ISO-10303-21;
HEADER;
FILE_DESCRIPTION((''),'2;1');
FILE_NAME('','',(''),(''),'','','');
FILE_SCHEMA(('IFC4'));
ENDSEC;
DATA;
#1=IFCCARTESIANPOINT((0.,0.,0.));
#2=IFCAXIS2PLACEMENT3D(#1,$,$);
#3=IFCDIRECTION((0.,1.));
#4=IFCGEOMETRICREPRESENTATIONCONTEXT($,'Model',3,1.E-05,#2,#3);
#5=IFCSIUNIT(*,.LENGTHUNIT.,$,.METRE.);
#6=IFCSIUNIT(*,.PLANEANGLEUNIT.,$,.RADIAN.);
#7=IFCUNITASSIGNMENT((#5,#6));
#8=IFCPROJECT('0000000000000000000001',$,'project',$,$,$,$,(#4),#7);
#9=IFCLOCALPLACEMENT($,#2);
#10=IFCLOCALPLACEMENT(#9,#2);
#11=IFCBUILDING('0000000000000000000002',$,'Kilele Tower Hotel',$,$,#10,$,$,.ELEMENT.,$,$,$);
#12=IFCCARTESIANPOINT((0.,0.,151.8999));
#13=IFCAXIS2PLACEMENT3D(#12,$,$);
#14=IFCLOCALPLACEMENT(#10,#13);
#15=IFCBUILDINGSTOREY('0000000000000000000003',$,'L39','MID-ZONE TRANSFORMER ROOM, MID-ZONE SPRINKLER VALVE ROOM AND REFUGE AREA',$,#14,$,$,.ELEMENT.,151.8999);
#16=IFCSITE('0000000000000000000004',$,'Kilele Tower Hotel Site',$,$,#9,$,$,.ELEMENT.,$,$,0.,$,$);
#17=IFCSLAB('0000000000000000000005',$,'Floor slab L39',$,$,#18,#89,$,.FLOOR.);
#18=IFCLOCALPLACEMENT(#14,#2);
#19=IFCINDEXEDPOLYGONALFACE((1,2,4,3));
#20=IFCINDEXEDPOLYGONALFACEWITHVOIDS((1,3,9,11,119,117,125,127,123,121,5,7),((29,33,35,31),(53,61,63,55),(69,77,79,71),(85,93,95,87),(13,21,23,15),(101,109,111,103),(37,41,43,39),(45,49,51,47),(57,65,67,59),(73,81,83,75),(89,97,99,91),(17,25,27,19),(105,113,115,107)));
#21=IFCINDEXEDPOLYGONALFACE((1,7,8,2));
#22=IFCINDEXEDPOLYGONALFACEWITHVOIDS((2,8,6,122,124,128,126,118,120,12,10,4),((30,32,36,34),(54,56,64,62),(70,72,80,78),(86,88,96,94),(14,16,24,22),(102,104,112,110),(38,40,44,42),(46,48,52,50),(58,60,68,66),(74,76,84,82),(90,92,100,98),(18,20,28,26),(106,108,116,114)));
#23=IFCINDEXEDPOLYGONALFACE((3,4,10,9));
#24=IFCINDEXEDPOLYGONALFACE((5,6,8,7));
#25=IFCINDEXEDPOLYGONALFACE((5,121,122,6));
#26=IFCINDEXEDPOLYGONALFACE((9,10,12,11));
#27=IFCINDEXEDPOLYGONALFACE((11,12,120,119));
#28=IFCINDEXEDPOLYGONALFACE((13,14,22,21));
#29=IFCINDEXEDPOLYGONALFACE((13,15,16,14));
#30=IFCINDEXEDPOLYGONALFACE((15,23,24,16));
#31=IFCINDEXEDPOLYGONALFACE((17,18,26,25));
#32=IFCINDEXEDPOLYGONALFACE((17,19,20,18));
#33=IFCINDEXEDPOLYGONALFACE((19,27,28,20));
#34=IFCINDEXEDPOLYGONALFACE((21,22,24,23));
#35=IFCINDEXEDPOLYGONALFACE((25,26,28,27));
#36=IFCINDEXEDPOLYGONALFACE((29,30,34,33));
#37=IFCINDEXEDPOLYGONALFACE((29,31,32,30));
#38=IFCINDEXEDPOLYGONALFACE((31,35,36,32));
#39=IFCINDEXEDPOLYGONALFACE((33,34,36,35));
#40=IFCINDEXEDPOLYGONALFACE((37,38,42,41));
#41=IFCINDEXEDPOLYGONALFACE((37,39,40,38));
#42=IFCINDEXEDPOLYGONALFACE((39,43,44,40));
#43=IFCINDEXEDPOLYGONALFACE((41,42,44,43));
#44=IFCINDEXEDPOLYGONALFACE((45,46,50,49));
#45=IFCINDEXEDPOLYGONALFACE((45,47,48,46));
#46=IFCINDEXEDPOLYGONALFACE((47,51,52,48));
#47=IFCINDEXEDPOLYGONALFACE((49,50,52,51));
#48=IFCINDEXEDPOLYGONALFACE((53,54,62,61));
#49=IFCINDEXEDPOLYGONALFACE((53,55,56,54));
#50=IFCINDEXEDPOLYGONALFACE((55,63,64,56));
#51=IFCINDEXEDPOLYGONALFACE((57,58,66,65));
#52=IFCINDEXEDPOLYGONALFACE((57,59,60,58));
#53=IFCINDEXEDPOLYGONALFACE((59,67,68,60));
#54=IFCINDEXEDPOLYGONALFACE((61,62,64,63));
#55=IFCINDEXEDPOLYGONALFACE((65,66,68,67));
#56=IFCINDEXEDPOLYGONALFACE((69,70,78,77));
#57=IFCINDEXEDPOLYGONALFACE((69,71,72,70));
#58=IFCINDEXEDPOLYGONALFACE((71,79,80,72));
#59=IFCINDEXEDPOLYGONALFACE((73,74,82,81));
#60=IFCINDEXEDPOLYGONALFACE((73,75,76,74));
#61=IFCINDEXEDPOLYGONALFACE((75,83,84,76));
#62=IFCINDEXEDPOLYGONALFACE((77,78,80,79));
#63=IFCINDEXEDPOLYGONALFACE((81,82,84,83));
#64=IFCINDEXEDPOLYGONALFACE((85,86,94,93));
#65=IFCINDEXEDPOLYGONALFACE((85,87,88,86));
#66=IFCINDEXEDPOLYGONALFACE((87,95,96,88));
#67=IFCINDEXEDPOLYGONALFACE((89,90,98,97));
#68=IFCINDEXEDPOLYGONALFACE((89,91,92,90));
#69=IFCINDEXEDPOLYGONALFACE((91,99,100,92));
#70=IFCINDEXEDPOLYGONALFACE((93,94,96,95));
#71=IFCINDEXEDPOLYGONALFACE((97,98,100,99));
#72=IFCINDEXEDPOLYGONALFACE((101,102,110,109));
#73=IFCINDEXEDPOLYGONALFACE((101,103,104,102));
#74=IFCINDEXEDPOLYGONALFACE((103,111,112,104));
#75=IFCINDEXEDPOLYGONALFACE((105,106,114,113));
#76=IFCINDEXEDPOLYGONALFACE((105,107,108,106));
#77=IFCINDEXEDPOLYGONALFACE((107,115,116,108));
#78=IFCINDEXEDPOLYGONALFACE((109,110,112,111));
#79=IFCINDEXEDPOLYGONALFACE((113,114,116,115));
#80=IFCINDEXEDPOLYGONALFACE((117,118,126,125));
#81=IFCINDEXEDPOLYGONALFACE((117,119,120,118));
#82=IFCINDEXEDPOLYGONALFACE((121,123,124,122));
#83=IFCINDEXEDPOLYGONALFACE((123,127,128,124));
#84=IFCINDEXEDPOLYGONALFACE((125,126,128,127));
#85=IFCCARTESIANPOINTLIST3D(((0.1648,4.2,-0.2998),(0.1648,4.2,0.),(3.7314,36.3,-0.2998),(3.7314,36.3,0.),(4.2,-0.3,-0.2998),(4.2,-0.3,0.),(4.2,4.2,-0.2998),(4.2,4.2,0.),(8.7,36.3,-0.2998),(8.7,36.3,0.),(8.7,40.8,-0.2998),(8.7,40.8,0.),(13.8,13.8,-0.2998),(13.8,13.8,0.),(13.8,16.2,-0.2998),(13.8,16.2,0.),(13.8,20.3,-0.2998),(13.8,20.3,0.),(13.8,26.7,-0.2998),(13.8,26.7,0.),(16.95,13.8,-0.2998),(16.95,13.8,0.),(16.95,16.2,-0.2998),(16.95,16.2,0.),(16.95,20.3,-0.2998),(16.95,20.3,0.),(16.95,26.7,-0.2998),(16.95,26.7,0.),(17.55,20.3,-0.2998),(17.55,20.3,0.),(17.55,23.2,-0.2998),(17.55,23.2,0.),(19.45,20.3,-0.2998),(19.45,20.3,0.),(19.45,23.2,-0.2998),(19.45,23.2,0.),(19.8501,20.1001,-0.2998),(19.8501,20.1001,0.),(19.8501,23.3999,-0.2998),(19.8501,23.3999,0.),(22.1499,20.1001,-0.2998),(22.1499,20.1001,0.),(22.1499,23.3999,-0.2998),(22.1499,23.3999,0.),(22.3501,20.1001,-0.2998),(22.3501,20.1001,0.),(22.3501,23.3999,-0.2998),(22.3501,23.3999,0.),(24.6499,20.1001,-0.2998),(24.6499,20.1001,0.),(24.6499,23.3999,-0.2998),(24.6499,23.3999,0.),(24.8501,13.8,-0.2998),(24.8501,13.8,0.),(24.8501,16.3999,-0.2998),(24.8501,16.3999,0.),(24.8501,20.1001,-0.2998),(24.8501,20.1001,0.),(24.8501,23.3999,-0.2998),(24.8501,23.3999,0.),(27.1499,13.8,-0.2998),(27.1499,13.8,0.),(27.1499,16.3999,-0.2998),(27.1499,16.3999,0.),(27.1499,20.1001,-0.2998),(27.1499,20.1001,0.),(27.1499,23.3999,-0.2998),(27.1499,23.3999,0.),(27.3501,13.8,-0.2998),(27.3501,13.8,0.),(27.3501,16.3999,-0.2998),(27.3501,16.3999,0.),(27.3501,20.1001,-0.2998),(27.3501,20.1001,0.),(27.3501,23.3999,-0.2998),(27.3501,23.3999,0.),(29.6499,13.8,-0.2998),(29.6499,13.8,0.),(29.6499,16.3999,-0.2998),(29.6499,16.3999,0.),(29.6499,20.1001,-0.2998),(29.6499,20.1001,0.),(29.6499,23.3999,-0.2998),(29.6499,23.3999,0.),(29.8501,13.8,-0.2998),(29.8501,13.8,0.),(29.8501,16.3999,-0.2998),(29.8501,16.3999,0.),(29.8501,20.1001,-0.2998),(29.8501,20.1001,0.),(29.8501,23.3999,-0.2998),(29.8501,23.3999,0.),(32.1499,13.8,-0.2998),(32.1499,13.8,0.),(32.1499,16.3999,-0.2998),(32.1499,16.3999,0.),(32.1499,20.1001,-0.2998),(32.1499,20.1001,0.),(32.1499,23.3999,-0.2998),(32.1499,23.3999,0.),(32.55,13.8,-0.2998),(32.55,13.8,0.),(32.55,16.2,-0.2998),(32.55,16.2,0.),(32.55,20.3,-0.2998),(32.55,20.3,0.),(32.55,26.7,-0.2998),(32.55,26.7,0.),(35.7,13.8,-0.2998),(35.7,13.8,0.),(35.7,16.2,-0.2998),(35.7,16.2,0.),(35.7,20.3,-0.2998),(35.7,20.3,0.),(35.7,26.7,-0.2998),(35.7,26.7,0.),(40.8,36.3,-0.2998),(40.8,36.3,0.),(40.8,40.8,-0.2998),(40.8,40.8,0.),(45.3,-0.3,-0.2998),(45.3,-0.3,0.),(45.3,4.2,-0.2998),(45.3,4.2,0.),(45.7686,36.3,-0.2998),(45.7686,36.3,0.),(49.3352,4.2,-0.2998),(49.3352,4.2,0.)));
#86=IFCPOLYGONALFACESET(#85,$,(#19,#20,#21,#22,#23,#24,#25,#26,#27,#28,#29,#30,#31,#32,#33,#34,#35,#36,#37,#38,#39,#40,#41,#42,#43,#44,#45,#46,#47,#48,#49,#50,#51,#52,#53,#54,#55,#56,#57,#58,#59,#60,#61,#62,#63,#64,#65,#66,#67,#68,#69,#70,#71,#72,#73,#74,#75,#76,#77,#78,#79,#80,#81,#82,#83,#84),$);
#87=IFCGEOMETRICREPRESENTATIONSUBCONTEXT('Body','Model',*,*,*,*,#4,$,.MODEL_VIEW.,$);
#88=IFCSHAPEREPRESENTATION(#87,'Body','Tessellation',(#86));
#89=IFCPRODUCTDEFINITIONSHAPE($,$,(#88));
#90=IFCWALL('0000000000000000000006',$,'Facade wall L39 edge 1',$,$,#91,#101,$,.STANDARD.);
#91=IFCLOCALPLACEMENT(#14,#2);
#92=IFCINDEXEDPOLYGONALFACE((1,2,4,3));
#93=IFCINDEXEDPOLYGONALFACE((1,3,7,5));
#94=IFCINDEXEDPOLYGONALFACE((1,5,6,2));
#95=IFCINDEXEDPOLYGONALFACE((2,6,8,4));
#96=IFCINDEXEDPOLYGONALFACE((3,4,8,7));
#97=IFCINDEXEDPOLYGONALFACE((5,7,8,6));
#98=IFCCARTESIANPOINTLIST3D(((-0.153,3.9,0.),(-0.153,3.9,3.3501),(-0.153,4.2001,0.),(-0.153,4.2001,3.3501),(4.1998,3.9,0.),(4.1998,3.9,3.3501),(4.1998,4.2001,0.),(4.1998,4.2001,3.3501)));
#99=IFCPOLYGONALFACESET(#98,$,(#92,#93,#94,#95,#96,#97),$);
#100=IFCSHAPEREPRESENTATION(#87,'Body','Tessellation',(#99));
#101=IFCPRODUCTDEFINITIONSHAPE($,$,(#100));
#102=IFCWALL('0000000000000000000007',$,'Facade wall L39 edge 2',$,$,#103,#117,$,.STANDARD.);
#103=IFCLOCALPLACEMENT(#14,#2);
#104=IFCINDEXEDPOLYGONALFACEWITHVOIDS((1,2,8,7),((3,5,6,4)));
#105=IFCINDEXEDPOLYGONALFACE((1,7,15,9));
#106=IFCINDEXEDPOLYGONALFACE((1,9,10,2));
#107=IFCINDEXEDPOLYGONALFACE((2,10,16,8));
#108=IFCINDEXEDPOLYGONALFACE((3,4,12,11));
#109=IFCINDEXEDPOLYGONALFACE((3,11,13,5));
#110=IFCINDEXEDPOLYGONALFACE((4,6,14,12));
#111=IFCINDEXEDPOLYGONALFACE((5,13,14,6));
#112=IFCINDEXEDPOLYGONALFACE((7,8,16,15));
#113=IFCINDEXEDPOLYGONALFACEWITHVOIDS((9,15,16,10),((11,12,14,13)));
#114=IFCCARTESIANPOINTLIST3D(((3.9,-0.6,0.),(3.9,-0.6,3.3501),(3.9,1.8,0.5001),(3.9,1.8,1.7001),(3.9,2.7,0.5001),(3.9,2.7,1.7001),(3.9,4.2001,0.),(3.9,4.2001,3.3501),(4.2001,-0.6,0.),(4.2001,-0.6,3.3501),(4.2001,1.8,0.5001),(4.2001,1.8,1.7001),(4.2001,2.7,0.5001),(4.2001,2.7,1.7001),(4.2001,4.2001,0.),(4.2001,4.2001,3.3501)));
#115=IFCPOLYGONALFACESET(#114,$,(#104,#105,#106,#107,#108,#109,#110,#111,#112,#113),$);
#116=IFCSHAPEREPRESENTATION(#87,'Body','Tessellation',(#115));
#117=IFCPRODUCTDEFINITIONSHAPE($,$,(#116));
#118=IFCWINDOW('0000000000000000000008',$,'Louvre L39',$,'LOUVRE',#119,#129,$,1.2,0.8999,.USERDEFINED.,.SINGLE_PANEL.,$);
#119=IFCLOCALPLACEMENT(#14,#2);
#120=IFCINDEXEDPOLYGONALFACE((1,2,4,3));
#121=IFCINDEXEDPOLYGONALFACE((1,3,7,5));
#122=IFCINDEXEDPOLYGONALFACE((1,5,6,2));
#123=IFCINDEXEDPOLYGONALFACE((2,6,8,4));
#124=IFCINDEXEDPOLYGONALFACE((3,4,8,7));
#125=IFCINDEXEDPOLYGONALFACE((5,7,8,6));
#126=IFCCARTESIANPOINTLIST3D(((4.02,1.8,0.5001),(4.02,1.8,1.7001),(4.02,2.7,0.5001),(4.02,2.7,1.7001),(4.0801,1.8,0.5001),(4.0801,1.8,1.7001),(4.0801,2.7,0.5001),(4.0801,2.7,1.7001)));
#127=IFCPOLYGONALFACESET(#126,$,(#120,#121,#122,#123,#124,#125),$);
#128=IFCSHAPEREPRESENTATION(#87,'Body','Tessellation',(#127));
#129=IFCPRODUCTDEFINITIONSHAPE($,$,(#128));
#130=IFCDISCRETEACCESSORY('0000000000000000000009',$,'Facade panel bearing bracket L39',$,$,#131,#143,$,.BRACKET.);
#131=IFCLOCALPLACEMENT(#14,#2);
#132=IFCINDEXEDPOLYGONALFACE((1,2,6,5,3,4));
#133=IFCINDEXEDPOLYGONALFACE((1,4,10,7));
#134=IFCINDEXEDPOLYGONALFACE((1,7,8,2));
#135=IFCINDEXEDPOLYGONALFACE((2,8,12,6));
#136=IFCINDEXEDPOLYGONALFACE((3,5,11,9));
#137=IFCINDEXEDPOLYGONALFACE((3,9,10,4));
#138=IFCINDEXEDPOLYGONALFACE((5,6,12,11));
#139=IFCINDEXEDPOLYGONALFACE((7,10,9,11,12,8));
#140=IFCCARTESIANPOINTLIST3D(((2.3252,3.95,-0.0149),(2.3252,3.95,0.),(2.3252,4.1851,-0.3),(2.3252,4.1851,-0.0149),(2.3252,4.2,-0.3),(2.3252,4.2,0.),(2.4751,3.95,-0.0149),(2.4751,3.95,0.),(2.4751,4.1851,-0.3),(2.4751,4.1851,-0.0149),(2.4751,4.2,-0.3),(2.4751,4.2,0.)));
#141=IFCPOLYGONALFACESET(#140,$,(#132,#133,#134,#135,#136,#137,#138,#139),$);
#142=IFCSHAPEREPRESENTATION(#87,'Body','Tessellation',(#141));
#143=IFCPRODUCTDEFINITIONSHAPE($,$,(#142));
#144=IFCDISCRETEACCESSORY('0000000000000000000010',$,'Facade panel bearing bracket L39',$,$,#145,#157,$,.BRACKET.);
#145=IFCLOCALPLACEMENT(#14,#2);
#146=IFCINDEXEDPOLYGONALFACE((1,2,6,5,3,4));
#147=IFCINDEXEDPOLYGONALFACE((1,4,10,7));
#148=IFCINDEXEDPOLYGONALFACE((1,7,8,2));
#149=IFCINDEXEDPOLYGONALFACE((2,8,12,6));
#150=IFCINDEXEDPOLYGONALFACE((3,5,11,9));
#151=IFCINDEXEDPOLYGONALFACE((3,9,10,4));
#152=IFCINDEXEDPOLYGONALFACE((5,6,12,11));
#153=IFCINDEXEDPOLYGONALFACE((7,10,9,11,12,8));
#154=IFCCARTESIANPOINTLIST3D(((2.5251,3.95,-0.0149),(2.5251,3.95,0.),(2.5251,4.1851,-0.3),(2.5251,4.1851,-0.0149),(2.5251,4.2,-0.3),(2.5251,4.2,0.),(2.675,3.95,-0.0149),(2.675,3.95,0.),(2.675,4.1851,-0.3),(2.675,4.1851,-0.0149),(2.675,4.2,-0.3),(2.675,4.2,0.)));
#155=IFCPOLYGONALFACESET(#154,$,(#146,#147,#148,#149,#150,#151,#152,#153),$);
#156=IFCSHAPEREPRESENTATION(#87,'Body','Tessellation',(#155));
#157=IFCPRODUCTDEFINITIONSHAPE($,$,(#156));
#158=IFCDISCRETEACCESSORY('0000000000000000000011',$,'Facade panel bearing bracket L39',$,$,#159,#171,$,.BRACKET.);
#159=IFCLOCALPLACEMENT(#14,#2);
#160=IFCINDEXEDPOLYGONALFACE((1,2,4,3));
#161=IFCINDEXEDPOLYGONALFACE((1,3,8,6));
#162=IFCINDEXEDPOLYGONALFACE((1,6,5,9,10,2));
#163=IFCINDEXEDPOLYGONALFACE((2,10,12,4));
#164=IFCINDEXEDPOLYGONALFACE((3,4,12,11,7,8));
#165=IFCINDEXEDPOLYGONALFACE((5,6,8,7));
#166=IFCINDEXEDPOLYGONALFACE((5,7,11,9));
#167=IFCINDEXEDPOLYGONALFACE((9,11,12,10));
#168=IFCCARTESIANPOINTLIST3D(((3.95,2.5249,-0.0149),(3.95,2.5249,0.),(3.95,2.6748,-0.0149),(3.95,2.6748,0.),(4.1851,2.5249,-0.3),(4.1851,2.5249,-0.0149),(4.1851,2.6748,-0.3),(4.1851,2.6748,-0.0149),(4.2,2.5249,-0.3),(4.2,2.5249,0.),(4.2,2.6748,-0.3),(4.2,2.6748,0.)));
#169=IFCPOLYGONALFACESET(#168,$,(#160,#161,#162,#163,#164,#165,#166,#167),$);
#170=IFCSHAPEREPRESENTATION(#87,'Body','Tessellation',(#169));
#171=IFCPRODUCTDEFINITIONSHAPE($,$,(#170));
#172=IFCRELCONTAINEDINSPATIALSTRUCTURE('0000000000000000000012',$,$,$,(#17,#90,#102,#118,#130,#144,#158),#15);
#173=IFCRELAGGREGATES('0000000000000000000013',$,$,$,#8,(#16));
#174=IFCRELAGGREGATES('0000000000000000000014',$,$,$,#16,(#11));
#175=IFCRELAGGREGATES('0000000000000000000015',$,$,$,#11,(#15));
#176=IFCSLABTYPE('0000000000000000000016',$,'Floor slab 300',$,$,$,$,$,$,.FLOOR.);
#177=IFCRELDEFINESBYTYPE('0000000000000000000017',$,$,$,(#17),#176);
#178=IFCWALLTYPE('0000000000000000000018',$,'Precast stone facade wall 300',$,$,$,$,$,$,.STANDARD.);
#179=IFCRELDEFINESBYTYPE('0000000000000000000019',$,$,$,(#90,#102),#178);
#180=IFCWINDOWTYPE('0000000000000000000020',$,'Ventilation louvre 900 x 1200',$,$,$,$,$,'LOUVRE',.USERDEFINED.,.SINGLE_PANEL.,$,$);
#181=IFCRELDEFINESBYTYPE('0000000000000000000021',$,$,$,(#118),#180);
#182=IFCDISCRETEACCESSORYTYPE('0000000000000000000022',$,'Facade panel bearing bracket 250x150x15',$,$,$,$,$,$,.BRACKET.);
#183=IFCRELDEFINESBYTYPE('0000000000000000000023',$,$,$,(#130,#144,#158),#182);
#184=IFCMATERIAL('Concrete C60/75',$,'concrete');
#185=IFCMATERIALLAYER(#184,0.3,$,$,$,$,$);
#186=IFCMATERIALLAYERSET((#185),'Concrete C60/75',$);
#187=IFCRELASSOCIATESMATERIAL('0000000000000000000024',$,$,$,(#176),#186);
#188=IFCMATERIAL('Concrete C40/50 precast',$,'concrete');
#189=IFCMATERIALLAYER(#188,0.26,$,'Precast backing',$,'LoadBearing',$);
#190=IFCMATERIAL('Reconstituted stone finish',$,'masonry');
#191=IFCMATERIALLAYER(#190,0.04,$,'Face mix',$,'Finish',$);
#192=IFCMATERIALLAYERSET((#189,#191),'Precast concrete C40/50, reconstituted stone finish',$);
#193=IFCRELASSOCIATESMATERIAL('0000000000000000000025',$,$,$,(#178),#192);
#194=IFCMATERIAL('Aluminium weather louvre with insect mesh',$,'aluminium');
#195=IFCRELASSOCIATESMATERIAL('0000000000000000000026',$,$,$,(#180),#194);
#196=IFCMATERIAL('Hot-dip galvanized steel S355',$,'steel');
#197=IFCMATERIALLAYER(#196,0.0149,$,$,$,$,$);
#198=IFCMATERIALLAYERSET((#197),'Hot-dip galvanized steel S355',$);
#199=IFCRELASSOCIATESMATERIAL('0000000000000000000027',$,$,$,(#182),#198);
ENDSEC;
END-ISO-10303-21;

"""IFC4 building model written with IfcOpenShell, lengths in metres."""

from ifc_helpers import new_model, si_unit, direction, frame, frame_2d, origin, place, context, subcontext, project, spatial, polyline, rectangle, outline, extrude, source, transform, mapped, material, layer, layer_set, type_object, element, fill, save


model = new_model("IFC4")

# Units and contexts
model_context = context("Model", 3, precision=1e-05, world=origin(), true_north=direction((0.0, 1.0)))
body_context = subcontext(model_context, "Body", "Model", "MODEL_VIEW")
ifc_project = project(units=[si_unit("LENGTHUNIT", "METRE"), si_unit("PLANEANGLEUNIT", "RADIAN")], contexts=[model_context])

# Site, building, storey
site_placement = place(None, origin())
site = spatial("IfcSite", under=ifc_project, at=site_placement, Name="Kilele Tower Hotel Site", CompositionType="ELEMENT", RefElevation=0.0)
building_placement = place(site_placement, origin())
building = spatial("IfcBuilding", under=site, at=building_placement, Name="Kilele Tower Hotel", CompositionType="ELEMENT")
storey_placement = place(building_placement, frame((0.0, 0.0, 151.8999)))
storey = spatial("IfcBuildingStorey", under=building, at=storey_placement, Name="L39", Description="MID-ZONE TRANSFORMER ROOM, MID-ZONE SPRINKLER VALVE ROOM AND REFUGE AREA", CompositionType="ELEMENT", Elevation=151.8999)

# Slab
ifc_material_1 = material(Name="Concrete C60/75", Category="concrete")
ifc_layer_1 = layer(ifc_material_1, 0.3)
ifc_layer_set_1 = layer_set([ifc_layer_1], Name="Concrete C60/75")
slab_type = type_object("IfcSlabType", Name="Floor slab 300", PredefinedType="FLOOR", material=ifc_layer_set_1)
slab_placement = place(storey_placement, frame((0.0, 0.0, -0.2998)))
element("IfcSlab", 1, at=slab_placement, inside=storey, type_object=slab_type, Name="Floor slab L39", PredefinedType="FLOOR", context=body_context, shape_type="SweptSolid", body=[
    extrude(outline(polyline([(8.7, 36.3), (8.7, 40.8), (40.8, 40.8), (40.8, 36.3), (45.7686, 36.3), (49.3352, 4.2), (45.3, 4.2), (45.3, -0.3), (4.2, -0.3), (4.2, 4.2), (0.1648, 4.2), (3.7314, 36.3), (8.7, 36.3)]), holes=[polyline([(16.95, 16.2), (13.8, 16.2), (13.8, 13.8), (16.95, 13.8), (16.95, 16.2)]), polyline([(27.1499, 13.8), (27.1499, 16.3999), (24.8501, 16.3999), (24.8501, 13.8), (27.1499, 13.8)]), polyline([(19.45, 20.3), (19.45, 23.2), (17.55, 23.2), (17.55, 20.3), (19.45, 20.3)]), polyline([(22.1499, 23.3999), (19.8501, 23.3999), (19.8501, 20.1001), (22.1499, 20.1001), (22.1499, 23.3999)]), polyline([(24.6499, 20.1001), (24.6499, 23.3999), (22.3501, 23.3999), (22.3501, 20.1001), (24.6499, 20.1001)]), polyline([(27.1499, 20.1001), (27.1499, 23.3999), (24.8501, 23.3999), (24.8501, 20.1001), (27.1499, 20.1001)]), polyline([(16.95, 26.7), (13.8, 26.7), (13.8, 20.3), (16.95, 20.3), (16.95, 26.7)]), polyline([(35.7, 13.8), (35.7, 16.2), (32.55, 16.2), (32.55, 13.8), (35.7, 13.8)]), polyline([(29.6499, 13.8), (29.6499, 16.3999), (27.3501, 16.3999), (27.3501, 13.8), (29.6499, 13.8)]), polyline([(32.1499, 13.8), (32.1499, 16.3999), (29.8501, 16.3999), (29.8501, 13.8), (32.1499, 13.8)]), polyline([(29.6499, 20.1001), (29.6499, 23.3999), (27.3501, 23.3999), (27.3501, 20.1001), (29.6499, 20.1001)]), polyline([(32.1499, 20.1001), (32.1499, 23.3999), (29.8501, 23.3999), (29.8501, 20.1001), (32.1499, 20.1001)]), polyline([(35.7, 20.3), (35.7, 26.7), (32.55, 26.7), (32.55, 20.3), (35.7, 20.3)])]), origin(), (0.0, 0.0, 1.0), 0.2998),
])

# Wall
ifc_material_2 = material(Name="Concrete C40/50 precast", Category="concrete")
ifc_layer_2 = layer(ifc_material_2, 0.26, Name="Precast backing", Category="LoadBearing")
ifc_material_3 = material(Name="Reconstituted stone finish", Category="masonry")
ifc_layer_3 = layer(ifc_material_3, 0.04, Name="Face mix", Category="Finish")
ifc_layer_set_2 = layer_set([ifc_layer_2, ifc_layer_3], Name="Precast concrete C40/50, reconstituted stone finish")
wall_type = type_object("IfcWallType", Name="Precast stone facade wall 300", PredefinedType="STANDARD", material=ifc_layer_set_2)
wall_1_placement = place(storey_placement, frame((-0.1528, 4.05, 0.0), z_axis=(0.0, 0.0, 1.0), x_axis=(1.0, 0.0, 0.0)))
element("IfcWall", 2, at=wall_1_placement, inside=storey, type_object=wall_type, Name="Facade wall L39 edge 1", PredefinedType="STANDARD", context=body_context, shape_type="SweptSolid", body=[
    extrude(rectangle(XDim=4.3528, YDim=0.3, at=frame_2d((2.1763, 0.0))), origin(), (0.0, 0.0, 1.0), 3.3501),
])

# Wall, opening, window
wall_2_placement = place(storey_placement, frame((4.05, 4.2, 0.0), z_axis=(0.0, 0.0, 1.0), x_axis=(0.0, -1.0, 0.0)))
wall_2 = element("IfcWall", 3, at=wall_2_placement, inside=storey, type_object=wall_type, Name="Facade wall L39 edge 2", PredefinedType="STANDARD", context=body_context, shape_type="SweptSolid", body=[
    extrude(rectangle(XDim=4.8, YDim=0.3, at=frame_2d((2.3999, 0.0))), origin(), (0.0, 0.0, 1.0), 3.3501),
])
opening_1_placement = place(wall_2_placement, frame((1.5, 0.0, 0.5)))
opening_1 = element("IfcOpeningElement", 4, at=opening_1_placement, cuts=wall_2, PredefinedType="OPENING", context=body_context, shape_type="SweptSolid", body=[
    extrude(rectangle(XDim=0.8999, YDim=1.2, at=frame_2d((0.45, 0.6001))), frame((0.0, 0.1599, 0.0), z_axis=(0.0, -1.0, 0.0), x_axis=(1.0, 0.0, 0.0)), (0.0, 0.0, 1.0), 0.3201),
])
ifc_material_4 = material(Name="Aluminium weather louvre with insect mesh", Category="aluminium")
window_type = type_object("IfcWindowType", Name="Ventilation louvre 900 x 1200", ElementType="LOUVRE", PartitioningType="SINGLE_PANEL", PredefinedType="USERDEFINED", material=ifc_material_4)
window_1_placement = place(opening_1_placement, origin())
window_1 = element("IfcWindow", 5, at=window_1_placement, inside=storey, type_object=window_type, Name="Louvre L39", ObjectType="LOUVRE", OverallHeight=1.2, OverallWidth=0.8999, PartitioningType="SINGLE_PANEL", PredefinedType="USERDEFINED", context=body_context, shape_type="SweptSolid", body=[
    extrude(rectangle(XDim=0.8999, YDim=1.2, at=frame_2d((0.45, 0.6001))), frame((0.0, 0.03, 0.0), z_axis=(0.0, -1.0, 0.0), x_axis=(1.0, 0.0, 0.0)), (0.0, 0.0, 1.0), 0.0601),
])
fill(opening_1, window_1)

# Discrete accessories
ifc_material_5 = material(Name="Hot-dip galvanized steel S355", Category="steel")
ifc_layer_4 = layer(ifc_material_5, 0.0149)
ifc_layer_set_3 = layer_set([ifc_layer_4], Name="Hot-dip galvanized steel S355")
discrete_accessory_type_1 = type_object("IfcDiscreteAccessoryType", Name="Facade panel bearing bracket 250x150x15", PredefinedType="BRACKET", material=ifc_layer_set_3)
shared_shape_1 = source(origin(), body_context, "Body", "SweptSolid", [
    extrude(outline(polyline([(0.0, 0.0), (0.25, 0.0), (0.25, -0.0149), (0.0149, -0.0149), (0.0149, -0.3), (0.0, -0.3), (0.0, 0.0)])), origin(), (0.0, 0.0, 1.0), 0.1499),
])
for number, where, z_axis, x_axis, name in (
    (6, (2.4751, 4.2, 0.0), (-1.0, 0.0, 0.0), (0.0, -1.0, 0.0), "Facade panel bearing bracket L39"),
    (7, (2.675, 4.2, 0.0), (-1.0, 0.0, 0.0), (0.0, -1.0, 0.0), "Facade panel bearing bracket L39"),
    (8, (4.2, 2.5249, 0.0), (0.0, 1.0, 0.0), (-1.0, 0.0, 0.0), "Facade panel bearing bracket L39"),
):
    element("IfcDiscreteAccessory", number, at=place(storey_placement, frame(where, z_axis=z_axis, x_axis=x_axis)), inside=storey, type_object=discrete_accessory_type_1, Name=name, PredefinedType="BRACKET", context=body_context, shape_type="MappedRepresentation", body=[
        mapped(shared_shape_1, transform((0.0, 0.0, 0.0))),
    ])

save(model, "model.ifc")
